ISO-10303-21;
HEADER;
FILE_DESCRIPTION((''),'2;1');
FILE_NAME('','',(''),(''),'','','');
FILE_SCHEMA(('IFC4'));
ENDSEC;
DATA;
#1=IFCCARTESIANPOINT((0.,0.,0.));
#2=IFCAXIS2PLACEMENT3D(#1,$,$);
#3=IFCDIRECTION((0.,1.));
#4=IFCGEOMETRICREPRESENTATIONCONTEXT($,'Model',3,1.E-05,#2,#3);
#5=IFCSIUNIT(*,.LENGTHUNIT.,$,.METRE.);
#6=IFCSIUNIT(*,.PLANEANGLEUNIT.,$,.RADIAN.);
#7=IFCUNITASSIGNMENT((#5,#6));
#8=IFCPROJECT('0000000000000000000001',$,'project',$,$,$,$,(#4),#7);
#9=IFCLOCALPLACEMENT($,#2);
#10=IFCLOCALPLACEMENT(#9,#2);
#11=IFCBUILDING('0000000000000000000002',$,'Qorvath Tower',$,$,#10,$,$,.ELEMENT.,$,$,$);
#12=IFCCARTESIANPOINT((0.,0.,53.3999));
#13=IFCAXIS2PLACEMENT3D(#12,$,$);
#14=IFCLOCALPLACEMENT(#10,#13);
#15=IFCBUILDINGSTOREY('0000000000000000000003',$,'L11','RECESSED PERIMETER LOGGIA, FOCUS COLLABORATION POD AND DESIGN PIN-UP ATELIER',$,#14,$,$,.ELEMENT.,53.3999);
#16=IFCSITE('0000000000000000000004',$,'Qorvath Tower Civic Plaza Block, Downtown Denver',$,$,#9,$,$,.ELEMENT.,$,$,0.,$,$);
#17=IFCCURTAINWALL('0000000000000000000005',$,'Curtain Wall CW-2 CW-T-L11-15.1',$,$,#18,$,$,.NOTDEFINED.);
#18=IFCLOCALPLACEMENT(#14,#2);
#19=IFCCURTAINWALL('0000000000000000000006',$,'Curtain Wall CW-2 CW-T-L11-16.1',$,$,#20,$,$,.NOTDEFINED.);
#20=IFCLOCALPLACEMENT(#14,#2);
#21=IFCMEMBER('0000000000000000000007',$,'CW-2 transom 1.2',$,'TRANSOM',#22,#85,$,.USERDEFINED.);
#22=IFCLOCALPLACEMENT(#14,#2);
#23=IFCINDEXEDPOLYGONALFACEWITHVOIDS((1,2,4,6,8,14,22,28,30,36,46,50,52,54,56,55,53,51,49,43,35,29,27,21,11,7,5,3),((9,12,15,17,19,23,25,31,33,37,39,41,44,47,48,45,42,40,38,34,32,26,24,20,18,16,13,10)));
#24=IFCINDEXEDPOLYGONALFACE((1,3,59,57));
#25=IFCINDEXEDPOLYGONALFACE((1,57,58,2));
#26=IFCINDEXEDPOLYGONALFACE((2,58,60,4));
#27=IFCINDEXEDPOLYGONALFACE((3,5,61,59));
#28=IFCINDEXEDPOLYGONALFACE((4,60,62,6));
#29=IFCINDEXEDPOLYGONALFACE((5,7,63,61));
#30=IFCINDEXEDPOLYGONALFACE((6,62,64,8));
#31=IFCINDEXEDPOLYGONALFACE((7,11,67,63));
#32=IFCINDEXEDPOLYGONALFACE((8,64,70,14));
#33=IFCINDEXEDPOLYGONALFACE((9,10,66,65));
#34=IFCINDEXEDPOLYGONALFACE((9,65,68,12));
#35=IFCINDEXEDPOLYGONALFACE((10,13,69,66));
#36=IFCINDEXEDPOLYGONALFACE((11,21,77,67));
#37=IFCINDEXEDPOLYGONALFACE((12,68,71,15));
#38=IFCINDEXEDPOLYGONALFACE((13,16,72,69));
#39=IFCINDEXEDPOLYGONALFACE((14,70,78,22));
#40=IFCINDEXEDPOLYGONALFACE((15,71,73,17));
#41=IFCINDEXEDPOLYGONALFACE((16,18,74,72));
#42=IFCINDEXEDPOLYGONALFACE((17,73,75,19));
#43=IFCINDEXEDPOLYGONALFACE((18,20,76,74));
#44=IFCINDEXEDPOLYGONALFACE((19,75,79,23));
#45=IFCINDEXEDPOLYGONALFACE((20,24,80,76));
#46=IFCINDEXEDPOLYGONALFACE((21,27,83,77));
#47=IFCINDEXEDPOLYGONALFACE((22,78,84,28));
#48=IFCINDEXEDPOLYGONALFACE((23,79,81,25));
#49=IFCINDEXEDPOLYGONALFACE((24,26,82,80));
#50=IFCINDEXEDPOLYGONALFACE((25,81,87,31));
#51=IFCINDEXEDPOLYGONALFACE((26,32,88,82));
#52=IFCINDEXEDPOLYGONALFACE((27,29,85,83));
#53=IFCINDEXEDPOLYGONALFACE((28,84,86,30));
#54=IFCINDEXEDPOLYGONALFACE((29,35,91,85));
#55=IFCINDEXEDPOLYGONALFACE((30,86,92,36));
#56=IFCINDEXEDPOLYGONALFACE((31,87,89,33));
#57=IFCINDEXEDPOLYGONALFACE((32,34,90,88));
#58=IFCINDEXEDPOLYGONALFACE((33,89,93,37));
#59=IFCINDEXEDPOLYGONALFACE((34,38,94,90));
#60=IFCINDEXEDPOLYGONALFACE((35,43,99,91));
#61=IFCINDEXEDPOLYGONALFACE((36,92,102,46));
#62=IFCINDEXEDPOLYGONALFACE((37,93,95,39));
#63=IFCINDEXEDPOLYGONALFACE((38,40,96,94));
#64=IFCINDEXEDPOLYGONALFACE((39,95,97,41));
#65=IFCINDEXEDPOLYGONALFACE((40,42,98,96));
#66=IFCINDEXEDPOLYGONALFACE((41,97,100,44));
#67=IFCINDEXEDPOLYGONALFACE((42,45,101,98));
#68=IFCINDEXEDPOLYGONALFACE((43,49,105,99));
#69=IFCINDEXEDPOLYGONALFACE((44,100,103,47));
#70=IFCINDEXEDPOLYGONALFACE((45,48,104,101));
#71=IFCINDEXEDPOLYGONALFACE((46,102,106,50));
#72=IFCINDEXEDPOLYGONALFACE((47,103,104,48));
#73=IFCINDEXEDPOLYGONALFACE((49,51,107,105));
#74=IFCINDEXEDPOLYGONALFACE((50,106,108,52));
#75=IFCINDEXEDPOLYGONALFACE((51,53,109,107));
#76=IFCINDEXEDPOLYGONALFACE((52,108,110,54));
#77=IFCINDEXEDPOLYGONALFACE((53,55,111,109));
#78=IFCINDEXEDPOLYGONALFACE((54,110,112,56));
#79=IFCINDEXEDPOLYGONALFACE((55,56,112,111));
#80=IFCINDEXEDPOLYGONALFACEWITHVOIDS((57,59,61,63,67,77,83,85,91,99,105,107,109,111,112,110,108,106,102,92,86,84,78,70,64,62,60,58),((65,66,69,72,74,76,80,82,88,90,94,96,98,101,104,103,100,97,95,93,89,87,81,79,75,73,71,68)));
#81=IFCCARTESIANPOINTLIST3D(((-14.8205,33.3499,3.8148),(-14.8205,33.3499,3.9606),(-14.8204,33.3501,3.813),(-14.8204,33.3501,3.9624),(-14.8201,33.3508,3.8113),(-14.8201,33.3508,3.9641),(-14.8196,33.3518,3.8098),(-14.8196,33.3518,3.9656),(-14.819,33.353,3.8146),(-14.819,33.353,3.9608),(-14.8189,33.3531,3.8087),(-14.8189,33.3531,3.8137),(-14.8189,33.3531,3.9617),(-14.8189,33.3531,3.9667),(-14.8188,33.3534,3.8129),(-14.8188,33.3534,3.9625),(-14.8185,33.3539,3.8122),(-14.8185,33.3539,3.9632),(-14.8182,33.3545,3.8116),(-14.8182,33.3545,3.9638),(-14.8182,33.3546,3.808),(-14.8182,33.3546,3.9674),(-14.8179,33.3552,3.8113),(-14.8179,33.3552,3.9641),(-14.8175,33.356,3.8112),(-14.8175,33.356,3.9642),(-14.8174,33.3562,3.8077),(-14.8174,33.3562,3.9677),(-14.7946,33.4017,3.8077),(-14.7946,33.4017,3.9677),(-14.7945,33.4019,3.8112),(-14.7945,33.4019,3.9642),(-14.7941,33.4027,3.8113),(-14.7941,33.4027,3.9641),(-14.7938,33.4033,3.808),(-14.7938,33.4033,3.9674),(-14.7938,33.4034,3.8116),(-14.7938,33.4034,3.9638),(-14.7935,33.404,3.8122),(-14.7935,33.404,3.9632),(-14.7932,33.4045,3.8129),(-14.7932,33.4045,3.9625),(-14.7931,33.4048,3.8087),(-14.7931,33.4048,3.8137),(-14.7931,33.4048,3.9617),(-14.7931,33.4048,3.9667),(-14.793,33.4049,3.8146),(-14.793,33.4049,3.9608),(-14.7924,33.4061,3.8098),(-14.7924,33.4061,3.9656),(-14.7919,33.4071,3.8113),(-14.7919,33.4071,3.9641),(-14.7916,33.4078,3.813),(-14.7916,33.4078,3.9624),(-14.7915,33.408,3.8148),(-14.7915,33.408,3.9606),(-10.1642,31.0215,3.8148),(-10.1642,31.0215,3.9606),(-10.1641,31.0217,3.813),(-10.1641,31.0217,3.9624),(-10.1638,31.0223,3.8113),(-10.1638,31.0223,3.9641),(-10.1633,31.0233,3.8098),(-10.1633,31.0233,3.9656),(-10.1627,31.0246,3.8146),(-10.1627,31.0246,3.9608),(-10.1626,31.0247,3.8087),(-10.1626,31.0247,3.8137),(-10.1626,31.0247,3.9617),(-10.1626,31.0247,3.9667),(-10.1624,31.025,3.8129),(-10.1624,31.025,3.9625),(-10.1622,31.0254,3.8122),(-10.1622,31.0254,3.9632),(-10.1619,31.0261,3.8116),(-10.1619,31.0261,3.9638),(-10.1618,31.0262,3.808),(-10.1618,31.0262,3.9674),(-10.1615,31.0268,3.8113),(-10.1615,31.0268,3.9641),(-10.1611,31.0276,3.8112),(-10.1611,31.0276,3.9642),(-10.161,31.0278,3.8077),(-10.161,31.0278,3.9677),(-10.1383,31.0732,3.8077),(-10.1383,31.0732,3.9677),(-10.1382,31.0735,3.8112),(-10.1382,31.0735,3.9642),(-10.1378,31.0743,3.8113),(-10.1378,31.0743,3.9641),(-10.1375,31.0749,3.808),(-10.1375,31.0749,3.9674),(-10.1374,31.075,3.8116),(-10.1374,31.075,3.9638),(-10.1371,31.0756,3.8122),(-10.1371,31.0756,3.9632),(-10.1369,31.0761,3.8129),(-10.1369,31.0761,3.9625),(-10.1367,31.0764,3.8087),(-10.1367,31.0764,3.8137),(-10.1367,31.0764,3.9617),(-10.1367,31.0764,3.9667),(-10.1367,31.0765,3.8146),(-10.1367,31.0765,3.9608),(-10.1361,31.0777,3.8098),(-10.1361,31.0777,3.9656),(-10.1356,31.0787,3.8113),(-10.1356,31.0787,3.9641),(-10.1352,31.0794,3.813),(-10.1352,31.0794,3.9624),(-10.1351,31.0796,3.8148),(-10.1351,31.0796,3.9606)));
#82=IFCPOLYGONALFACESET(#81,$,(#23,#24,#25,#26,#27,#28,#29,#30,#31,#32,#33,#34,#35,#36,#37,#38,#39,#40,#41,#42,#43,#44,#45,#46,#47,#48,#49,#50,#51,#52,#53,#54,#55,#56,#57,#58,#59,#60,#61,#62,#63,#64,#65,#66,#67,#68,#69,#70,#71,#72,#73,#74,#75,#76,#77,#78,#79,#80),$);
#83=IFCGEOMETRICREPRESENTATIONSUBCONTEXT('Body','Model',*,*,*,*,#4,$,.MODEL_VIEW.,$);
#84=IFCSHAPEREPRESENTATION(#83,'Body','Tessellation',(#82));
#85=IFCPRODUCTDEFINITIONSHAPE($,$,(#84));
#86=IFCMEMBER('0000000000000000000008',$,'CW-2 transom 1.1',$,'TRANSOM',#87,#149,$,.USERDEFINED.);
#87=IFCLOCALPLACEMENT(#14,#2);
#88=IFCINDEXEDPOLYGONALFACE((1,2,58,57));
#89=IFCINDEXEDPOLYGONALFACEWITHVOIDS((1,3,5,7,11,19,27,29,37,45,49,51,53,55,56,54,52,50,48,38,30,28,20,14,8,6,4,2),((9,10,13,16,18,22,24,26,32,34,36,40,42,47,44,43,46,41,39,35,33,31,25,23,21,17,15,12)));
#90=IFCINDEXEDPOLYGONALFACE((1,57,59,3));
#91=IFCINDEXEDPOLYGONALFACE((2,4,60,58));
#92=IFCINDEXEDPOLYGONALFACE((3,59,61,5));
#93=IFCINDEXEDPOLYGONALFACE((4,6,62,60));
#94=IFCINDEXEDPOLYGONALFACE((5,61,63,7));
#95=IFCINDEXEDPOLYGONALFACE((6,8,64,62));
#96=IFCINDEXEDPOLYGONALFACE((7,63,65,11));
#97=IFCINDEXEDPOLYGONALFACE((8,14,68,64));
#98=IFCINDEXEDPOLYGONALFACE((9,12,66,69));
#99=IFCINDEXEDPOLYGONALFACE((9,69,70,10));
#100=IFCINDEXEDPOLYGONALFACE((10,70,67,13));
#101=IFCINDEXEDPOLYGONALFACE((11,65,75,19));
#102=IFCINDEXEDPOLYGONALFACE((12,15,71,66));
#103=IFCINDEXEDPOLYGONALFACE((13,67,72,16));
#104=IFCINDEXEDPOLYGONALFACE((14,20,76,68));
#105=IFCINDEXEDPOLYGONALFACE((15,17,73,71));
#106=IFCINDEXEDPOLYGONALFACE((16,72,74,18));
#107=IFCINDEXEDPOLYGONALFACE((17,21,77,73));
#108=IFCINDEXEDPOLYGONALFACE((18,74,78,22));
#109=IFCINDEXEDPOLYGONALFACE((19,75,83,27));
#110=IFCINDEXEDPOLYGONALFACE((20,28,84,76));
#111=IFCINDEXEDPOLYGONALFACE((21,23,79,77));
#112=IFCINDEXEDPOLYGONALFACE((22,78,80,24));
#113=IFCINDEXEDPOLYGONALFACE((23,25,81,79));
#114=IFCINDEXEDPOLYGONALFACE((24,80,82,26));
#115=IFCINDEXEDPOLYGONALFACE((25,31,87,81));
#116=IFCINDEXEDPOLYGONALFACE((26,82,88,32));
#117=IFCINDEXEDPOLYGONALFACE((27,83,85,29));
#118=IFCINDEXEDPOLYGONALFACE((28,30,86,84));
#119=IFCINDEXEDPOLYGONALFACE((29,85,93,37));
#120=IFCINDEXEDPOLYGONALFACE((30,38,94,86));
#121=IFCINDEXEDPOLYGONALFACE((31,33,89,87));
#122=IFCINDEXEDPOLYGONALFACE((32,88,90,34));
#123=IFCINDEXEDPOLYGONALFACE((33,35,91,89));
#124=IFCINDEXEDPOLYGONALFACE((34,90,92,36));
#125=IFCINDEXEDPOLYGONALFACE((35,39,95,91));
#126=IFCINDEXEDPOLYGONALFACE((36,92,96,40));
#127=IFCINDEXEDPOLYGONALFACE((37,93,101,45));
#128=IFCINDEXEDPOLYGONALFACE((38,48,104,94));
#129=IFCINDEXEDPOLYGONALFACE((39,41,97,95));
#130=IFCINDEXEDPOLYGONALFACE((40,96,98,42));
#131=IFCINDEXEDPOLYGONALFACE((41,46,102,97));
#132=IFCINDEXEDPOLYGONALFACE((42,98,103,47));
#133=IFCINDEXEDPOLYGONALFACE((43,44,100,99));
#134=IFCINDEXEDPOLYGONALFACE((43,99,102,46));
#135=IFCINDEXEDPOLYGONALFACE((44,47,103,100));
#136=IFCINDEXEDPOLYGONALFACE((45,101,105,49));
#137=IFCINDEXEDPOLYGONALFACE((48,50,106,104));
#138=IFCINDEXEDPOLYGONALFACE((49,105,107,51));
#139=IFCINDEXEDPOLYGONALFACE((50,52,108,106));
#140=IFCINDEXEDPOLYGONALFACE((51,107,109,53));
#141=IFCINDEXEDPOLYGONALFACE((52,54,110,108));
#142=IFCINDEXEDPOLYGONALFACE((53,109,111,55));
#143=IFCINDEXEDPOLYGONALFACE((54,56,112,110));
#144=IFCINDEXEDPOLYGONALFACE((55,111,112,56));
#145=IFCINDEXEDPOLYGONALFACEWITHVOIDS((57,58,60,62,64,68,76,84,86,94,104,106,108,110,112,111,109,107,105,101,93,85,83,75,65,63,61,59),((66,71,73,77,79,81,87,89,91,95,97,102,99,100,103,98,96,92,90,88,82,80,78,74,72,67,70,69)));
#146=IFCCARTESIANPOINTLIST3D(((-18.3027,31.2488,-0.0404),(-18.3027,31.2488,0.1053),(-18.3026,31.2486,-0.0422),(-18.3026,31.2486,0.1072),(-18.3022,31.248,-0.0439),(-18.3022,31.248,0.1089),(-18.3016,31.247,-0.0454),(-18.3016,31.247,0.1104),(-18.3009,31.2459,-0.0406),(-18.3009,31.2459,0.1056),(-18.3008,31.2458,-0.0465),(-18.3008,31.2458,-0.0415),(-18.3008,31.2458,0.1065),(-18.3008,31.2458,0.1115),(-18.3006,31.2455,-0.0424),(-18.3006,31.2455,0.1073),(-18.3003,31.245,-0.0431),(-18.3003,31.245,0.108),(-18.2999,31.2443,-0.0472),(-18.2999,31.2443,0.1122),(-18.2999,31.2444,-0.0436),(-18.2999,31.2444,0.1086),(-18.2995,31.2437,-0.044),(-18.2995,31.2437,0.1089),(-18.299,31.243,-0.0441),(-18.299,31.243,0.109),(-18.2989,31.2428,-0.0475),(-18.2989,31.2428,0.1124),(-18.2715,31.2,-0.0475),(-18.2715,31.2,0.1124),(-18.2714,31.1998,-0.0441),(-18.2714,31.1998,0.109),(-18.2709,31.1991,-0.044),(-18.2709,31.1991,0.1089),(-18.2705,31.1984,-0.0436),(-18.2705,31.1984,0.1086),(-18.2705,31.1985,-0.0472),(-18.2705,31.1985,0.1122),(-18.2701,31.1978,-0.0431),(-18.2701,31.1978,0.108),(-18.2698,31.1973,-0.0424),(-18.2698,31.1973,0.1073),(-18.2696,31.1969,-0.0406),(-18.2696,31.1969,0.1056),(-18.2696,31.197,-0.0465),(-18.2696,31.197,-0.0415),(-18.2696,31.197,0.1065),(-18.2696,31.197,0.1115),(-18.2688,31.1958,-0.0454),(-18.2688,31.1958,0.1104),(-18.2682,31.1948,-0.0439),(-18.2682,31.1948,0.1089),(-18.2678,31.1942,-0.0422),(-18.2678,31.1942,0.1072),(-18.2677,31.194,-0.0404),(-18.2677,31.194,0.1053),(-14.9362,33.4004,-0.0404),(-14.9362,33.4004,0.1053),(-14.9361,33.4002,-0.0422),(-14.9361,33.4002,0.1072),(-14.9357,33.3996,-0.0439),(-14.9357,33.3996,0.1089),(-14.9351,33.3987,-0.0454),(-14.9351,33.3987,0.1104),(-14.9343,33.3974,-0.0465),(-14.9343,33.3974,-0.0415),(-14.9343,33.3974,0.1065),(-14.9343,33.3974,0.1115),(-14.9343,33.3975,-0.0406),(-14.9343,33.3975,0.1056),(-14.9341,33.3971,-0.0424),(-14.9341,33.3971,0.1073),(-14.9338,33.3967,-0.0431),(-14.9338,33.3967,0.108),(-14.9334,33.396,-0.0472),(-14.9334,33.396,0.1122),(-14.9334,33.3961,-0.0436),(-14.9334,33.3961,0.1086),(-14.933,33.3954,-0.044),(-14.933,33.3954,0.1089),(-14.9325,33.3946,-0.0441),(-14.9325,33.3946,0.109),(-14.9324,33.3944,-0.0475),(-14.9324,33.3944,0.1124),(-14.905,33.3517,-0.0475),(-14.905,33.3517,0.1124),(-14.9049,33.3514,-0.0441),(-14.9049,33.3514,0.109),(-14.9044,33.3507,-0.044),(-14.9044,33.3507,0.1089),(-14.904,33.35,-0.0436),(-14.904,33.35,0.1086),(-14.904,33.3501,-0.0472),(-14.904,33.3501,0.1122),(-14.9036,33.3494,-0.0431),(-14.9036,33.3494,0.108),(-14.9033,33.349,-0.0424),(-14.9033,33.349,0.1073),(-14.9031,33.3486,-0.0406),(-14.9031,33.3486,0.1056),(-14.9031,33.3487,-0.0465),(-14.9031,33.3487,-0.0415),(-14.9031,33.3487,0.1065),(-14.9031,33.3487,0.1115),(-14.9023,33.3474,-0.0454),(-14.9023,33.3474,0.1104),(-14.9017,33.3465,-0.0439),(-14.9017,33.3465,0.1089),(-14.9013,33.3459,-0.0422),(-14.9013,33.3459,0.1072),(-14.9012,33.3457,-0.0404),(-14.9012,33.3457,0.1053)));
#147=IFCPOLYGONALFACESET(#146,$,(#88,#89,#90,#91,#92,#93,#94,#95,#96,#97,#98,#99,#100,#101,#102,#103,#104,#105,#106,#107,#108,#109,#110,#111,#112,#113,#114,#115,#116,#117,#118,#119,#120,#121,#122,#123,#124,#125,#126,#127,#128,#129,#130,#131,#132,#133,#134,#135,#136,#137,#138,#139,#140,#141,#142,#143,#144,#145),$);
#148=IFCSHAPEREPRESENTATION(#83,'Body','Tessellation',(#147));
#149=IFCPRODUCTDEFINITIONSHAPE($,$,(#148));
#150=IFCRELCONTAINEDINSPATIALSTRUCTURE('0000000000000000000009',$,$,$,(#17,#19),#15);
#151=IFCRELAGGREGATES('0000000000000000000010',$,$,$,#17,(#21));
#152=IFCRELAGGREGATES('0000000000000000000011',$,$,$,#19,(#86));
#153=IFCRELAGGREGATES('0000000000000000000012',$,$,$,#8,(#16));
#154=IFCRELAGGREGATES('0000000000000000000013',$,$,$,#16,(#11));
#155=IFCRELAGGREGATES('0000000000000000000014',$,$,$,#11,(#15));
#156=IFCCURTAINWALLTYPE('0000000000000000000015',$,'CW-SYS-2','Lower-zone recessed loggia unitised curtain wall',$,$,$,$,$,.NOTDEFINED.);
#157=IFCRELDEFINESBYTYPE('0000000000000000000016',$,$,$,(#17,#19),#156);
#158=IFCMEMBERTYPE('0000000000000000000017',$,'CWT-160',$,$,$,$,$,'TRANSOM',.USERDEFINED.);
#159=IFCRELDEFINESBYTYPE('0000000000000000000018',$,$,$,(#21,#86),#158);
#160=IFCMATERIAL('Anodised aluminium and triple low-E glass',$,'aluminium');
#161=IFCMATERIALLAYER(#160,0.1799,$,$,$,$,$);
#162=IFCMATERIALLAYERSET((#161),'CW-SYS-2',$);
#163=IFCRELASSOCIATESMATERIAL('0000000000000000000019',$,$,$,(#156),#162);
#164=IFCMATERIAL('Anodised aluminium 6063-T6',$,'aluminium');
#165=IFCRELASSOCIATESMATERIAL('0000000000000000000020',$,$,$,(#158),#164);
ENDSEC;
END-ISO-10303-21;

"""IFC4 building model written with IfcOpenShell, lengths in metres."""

from ifc_helpers import new_model, si_unit, direction, frame, origin, origin_2d, place, context, subcontext, project, spatial, hollow_rectangle, extrude, material, layer, layer_set, material_profile, profile_set, type_object, element, aggregate, save


model = new_model("IFC4")

# Units and contexts
model_context = context("Model", 3, precision=1e-05, world=origin(), true_north=direction((0.0, 1.0)))
body_context = subcontext(model_context, "Body", "Model", "MODEL_VIEW")
ifc_project = project(units=[si_unit("LENGTHUNIT", "METRE"), si_unit("PLANEANGLEUNIT", "RADIAN")], contexts=[model_context])

# Site, building, storey
site_placement = place(None, origin())
site = spatial("IfcSite", under=ifc_project, at=site_placement, Name="Qorvath Tower Civic Plaza Block, Downtown Denver", CompositionType="ELEMENT", RefElevation=0.0)
building_placement = place(site_placement, origin())
building = spatial("IfcBuilding", under=site, at=building_placement, Name="Qorvath Tower", CompositionType="ELEMENT")
storey_placement = place(building_placement, frame((0.0, 0.0, 53.3999)))
storey = spatial("IfcBuildingStorey", under=building, at=storey_placement, Name="L11", Description="RECESSED PERIMETER LOGGIA, FOCUS COLLABORATION POD AND DESIGN PIN-UP ATELIER", CompositionType="ELEMENT", Elevation=53.3999)

# Shared definitions
ifc_material_1 = material(Name="Anodised aluminium and triple low-E glass", Category="aluminium")
ifc_layer_1 = layer(ifc_material_1, 0.1799)
ifc_layer_set_1 = layer_set([ifc_layer_1], Name="CW-SYS-2")
curtain_wall_type = type_object("IfcCurtainWallType", Name="CW-SYS-2", Description="Lower-zone recessed loggia unitised curtain wall", PredefinedType="NOTDEFINED", material=ifc_layer_set_1)

# Curtain walls
curtain_wall_1_placement = place(storey_placement, origin())
curtain_wall_1 = element("IfcCurtainWall", 1, at=curtain_wall_1_placement, inside=storey, type_object=curtain_wall_type, Name="Curtain Wall CW-2 CW-T-L11-15.1", PredefinedType="NOTDEFINED")
curtain_wall_2_placement = place(storey_placement, origin())
curtain_wall_2 = element("IfcCurtainWall", 2, at=curtain_wall_2_placement, inside=storey, type_object=curtain_wall_type, Name="Curtain Wall CW-2 CW-T-L11-16.1", PredefinedType="NOTDEFINED")

# Members
ifc_material_2 = material(Name="Anodised aluminium 6063-T6", Category="aluminium")
ifc_material_profile_1 = material_profile(ifc_material_2, hollow_rectangle(XDim=0.0649, YDim=0.1599, WallThickness=0.0034, InnerFilletRadius=0.0034, OuterFilletRadius=0.0071, at=origin_2d()), Name="CWT 160x65")
ifc_profile_set_1 = profile_set([ifc_material_profile_1], Name="Anodised aluminium 6063-T6")
member_type_1 = type_object("IfcMemberType", Name="CWT-160", ElementType="TRANSOM", PredefinedType="USERDEFINED", material=ifc_profile_set_1)
member_1_placement = place(storey_placement, frame((-10.1497, 31.0505, 3.8877), z_axis=(-0.894408, 0.447251, 0.0), x_axis=(-0.447251, -0.894408, 0.0)))
member_1 = element("IfcMember", 3, at=member_1_placement, type_object=member_type_1, Name="CW-2 transom 1.2", ObjectType="TRANSOM", PredefinedType="USERDEFINED", context=body_context, shape_type="SweptSolid", body=[
    extrude(hollow_rectangle(XDim=0.0649, YDim=0.1599, WallThickness=0.0034, InnerFilletRadius=0.0034, OuterFilletRadius=0.0071, at=origin_2d()), origin(), (0.0, 0.0, 1.0), 5.2061),
])
member_2_placement = place(storey_placement, frame((-14.9187, 33.373, 0.0325), z_axis=(-0.842603, -0.538535, 0.0), x_axis=(0.538535, -0.842603, 0.0)))
member_2 = element("IfcMember", 4, at=member_2_placement, type_object=member_type_1, Name="CW-2 transom 1.1", ObjectType="TRANSOM", PredefinedType="USERDEFINED", context=body_context, shape_type="SweptSolid", body=[
    extrude(hollow_rectangle(XDim=0.0649, YDim=0.1599, WallThickness=0.0034, InnerFilletRadius=0.0034, OuterFilletRadius=0.0071, at=origin_2d()), origin(), (0.0, 0.0, 1.0), 3.9954),
])

aggregate(curtain_wall_1, [member_1])
aggregate(curtain_wall_2, [member_2])

save(model, "model.ifc")
